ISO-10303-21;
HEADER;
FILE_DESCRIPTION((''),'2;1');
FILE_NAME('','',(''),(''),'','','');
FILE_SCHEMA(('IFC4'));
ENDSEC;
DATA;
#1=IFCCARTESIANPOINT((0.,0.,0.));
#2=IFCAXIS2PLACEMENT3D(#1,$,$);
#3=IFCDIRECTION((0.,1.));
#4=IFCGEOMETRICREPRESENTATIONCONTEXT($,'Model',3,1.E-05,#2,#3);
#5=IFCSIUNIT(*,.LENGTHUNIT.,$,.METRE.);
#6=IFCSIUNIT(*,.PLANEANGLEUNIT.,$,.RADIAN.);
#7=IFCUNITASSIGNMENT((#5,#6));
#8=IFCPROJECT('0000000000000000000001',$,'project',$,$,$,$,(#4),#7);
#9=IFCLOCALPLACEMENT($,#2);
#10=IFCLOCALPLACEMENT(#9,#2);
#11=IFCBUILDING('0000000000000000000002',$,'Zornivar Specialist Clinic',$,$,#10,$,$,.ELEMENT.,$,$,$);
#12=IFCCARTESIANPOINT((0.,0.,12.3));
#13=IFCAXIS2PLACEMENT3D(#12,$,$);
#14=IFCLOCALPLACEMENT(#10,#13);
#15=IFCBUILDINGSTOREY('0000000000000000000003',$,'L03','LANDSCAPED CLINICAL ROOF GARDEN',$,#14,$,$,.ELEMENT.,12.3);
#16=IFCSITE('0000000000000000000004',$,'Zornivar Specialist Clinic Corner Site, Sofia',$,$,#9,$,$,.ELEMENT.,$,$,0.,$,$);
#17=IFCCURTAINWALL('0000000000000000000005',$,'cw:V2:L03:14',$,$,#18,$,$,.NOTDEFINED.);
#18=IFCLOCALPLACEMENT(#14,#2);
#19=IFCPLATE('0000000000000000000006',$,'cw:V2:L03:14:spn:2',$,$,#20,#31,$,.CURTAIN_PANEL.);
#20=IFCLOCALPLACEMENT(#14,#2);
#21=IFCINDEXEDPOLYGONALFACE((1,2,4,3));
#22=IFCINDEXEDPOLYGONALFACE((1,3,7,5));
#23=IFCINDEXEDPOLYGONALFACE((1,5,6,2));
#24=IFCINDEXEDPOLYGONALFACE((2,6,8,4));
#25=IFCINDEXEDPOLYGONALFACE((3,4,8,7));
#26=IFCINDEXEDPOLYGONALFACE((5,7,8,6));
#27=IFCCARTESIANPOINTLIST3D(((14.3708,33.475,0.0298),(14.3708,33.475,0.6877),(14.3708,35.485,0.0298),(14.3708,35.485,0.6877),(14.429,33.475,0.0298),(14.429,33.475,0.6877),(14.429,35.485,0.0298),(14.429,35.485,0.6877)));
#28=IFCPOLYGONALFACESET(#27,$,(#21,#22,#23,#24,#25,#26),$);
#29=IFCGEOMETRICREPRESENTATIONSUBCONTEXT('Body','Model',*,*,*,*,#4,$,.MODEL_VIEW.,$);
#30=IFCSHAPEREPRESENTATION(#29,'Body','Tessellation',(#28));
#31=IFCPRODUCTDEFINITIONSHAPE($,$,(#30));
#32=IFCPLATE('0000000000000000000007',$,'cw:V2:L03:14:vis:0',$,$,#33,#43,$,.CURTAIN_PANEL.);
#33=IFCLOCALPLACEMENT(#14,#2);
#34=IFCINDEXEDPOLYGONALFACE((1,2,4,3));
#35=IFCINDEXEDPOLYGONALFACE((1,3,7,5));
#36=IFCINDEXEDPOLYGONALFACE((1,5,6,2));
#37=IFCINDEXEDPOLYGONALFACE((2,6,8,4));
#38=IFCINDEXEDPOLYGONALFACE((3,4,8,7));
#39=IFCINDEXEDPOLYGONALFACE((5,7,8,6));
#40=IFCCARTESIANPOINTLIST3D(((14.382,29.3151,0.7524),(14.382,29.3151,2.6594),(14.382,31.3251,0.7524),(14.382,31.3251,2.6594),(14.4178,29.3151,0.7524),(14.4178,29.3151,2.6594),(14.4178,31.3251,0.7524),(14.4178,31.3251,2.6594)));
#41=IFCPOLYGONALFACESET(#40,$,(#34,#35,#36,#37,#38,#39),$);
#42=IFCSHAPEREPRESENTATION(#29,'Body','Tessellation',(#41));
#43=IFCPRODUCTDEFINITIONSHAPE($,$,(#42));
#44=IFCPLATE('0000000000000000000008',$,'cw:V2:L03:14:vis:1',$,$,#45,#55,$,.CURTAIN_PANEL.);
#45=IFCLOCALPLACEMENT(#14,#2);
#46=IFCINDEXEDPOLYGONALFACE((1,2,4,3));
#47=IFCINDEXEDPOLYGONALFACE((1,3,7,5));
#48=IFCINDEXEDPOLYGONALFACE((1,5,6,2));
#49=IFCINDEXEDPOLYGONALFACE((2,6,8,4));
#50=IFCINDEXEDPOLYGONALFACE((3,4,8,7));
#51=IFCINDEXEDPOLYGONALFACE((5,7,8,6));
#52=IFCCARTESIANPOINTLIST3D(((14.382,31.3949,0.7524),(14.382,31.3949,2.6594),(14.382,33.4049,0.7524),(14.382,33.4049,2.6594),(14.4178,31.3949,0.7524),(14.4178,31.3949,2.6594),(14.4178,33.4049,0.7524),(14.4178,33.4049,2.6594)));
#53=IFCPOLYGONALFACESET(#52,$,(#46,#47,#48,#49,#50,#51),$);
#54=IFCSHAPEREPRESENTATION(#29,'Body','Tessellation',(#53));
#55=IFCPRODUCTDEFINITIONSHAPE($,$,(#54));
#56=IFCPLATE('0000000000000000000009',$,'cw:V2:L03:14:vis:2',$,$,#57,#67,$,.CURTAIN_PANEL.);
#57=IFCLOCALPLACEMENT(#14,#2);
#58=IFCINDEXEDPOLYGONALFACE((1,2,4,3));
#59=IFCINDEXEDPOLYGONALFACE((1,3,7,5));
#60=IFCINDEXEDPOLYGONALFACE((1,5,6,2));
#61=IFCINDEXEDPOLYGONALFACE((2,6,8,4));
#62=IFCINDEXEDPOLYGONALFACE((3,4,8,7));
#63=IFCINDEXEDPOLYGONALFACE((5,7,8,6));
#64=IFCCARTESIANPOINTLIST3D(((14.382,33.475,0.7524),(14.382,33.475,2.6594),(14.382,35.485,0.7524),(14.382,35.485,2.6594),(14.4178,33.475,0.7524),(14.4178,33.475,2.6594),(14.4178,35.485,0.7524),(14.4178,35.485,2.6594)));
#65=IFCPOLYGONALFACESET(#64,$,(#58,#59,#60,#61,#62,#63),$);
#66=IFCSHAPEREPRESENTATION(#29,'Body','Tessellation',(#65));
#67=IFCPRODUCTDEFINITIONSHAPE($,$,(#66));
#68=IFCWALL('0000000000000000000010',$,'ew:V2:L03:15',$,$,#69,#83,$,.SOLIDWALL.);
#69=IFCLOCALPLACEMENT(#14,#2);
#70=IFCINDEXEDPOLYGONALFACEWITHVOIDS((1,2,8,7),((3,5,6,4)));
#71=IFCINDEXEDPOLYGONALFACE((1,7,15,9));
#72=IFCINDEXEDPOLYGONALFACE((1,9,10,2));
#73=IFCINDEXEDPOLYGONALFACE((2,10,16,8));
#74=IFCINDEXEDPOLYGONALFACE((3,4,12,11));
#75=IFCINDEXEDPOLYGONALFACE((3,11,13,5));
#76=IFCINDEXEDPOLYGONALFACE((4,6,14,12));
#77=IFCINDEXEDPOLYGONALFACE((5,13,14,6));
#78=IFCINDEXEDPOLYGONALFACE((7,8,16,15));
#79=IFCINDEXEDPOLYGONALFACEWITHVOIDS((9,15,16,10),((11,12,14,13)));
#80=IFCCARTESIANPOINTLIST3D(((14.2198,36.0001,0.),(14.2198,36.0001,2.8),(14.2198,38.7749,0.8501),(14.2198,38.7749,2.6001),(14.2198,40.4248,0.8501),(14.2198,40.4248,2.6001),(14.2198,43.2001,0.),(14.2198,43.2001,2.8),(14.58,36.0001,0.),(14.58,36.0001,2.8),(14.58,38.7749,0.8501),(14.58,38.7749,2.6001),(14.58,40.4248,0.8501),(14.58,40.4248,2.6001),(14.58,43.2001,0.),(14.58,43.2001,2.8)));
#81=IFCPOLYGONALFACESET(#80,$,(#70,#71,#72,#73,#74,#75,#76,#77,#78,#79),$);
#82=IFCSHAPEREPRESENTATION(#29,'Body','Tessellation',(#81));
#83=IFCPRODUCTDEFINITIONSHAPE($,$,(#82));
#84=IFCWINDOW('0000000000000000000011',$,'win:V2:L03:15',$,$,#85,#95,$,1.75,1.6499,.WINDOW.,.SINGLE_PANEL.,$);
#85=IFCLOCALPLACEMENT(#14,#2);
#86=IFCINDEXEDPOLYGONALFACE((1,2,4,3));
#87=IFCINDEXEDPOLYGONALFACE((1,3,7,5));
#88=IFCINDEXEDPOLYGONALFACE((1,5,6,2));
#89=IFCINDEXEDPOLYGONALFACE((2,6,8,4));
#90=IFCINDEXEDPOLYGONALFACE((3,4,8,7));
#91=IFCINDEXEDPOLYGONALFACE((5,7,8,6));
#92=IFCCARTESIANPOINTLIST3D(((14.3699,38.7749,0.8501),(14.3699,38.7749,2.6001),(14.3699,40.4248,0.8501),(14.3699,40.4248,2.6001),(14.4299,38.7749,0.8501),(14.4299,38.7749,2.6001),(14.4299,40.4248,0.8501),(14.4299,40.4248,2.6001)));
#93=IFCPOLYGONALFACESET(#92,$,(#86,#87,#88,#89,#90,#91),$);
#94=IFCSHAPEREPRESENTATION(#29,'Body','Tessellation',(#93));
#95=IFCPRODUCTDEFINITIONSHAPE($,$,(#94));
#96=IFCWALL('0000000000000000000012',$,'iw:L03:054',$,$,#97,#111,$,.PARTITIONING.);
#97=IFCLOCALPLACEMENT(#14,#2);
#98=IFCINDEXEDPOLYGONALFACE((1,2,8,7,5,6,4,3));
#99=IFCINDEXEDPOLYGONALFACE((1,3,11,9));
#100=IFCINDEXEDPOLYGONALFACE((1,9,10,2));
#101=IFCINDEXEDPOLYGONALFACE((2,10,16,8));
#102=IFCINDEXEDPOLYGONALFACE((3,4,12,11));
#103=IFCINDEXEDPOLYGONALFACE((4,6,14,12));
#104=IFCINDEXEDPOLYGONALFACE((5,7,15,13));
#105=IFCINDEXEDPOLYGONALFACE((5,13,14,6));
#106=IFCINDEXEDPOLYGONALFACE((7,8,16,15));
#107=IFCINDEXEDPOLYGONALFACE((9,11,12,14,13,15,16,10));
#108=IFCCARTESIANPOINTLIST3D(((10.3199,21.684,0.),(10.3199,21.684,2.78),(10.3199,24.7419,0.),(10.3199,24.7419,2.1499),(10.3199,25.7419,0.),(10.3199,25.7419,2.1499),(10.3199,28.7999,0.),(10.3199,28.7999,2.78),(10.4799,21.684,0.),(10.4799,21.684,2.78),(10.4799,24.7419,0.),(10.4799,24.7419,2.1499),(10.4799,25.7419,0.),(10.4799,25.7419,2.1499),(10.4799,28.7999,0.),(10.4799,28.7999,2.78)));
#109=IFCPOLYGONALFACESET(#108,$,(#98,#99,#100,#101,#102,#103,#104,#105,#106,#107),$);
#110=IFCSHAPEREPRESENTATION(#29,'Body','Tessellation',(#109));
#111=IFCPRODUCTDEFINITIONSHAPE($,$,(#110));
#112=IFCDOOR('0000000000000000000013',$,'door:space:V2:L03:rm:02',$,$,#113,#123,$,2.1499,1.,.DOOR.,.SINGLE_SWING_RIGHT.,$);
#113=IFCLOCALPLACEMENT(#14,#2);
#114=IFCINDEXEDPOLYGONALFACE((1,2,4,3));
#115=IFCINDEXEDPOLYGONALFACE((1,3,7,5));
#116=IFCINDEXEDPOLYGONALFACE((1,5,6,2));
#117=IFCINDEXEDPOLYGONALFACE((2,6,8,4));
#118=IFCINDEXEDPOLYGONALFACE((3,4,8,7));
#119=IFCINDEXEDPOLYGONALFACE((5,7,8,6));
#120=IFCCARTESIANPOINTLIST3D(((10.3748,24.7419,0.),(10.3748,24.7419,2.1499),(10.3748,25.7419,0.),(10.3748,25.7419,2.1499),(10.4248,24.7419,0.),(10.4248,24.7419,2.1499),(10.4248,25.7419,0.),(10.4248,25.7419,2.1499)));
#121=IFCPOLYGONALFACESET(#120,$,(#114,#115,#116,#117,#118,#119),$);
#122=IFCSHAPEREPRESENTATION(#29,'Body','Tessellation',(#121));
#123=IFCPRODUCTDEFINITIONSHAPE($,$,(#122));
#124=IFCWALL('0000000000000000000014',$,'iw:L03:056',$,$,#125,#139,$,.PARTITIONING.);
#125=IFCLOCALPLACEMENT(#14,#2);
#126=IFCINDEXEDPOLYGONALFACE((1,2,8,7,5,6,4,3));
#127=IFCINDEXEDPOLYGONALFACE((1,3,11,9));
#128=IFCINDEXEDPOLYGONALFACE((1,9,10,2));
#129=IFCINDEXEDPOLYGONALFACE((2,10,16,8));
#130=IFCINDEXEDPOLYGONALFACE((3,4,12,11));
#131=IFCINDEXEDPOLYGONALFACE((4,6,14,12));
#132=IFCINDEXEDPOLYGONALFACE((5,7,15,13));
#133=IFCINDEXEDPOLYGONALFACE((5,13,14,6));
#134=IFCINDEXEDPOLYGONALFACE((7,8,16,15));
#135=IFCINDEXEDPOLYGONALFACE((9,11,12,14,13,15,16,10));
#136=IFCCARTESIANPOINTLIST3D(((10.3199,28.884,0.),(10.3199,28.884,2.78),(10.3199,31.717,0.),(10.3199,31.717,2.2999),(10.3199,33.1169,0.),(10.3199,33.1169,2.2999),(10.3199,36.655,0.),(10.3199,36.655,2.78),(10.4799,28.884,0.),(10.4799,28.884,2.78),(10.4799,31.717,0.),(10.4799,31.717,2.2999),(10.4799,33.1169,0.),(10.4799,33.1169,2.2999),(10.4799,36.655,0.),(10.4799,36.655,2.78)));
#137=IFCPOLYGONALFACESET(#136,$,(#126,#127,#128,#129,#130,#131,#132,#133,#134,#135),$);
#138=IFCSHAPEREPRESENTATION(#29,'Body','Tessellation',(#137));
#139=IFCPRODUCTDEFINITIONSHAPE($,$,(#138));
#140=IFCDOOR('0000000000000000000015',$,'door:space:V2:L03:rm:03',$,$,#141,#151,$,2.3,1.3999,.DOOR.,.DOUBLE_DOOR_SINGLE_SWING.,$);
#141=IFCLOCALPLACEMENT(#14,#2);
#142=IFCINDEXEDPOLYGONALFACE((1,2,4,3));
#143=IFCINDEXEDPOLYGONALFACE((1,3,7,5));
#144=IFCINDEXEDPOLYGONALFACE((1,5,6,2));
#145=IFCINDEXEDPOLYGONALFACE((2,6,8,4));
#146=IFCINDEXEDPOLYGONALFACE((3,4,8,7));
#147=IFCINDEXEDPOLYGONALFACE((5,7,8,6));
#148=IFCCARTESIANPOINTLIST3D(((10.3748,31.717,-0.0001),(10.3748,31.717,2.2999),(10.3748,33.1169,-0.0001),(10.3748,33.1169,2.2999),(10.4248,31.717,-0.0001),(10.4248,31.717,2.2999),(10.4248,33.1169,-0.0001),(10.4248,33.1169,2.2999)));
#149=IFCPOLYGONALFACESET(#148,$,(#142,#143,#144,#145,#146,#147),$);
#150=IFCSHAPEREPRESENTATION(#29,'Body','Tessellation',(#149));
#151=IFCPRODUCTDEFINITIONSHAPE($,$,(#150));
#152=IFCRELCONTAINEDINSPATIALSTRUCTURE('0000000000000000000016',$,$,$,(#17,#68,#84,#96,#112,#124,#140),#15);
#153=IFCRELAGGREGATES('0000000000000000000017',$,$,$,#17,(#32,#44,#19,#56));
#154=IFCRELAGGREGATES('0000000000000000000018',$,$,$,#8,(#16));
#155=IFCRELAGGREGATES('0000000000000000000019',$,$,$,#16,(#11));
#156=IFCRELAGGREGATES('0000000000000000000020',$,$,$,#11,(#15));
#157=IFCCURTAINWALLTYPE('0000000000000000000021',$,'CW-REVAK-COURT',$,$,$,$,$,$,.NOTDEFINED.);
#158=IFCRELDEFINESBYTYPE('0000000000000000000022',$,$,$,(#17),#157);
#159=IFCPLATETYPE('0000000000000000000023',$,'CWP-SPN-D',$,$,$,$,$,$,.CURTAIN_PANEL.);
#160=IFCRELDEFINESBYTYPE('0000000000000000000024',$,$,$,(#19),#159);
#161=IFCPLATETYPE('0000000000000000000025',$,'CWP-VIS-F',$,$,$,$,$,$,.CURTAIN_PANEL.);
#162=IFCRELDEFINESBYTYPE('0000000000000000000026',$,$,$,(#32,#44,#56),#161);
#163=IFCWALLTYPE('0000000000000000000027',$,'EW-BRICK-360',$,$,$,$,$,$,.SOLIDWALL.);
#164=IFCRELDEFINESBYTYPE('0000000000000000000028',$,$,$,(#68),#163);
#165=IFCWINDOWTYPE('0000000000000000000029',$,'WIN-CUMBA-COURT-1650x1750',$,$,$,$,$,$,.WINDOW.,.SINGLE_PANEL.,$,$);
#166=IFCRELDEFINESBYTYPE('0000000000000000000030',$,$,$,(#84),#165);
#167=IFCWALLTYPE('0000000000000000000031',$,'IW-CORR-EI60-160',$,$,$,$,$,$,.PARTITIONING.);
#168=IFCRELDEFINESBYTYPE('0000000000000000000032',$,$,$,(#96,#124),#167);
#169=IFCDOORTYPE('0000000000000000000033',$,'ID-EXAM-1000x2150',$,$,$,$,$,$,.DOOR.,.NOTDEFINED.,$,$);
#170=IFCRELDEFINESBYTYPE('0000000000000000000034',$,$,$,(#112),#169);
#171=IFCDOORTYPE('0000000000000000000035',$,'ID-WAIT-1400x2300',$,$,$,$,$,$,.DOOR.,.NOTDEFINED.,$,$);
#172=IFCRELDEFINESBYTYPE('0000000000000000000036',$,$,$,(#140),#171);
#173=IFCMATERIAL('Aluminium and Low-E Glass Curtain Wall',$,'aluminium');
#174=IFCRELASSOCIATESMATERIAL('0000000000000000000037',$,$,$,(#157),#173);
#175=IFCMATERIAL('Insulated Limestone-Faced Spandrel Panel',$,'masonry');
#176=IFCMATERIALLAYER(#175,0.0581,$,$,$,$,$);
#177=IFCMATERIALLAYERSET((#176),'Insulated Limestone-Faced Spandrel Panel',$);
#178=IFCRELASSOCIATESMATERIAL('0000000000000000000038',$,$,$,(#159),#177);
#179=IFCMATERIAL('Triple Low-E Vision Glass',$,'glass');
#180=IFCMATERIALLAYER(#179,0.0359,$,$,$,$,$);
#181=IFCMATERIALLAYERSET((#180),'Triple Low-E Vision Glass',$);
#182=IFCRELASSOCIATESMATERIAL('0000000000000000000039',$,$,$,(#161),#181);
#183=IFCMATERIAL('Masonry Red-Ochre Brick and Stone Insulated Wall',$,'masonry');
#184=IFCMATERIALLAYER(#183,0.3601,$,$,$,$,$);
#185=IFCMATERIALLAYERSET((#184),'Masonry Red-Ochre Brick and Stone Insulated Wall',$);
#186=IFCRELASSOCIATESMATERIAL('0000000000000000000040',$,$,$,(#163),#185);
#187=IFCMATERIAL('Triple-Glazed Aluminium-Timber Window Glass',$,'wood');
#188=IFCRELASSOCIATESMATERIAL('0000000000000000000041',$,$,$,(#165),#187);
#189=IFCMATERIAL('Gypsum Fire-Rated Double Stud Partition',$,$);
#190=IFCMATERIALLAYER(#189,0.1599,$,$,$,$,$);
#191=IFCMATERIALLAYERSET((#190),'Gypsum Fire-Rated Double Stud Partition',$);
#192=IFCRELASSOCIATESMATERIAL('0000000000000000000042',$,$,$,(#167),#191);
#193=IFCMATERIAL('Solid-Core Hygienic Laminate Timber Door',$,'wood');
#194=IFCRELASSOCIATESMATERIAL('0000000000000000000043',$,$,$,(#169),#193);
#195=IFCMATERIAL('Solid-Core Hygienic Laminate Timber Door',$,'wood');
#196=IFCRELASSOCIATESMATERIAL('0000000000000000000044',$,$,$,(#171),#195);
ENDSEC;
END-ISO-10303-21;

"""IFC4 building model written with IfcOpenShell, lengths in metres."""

from ifc_helpers import new_model, si_unit, direction, frame, frame_2d, origin, origin_2d, place, context, subcontext, project, spatial, rectangle, extrude, material, layer, layer_set, type_object, element, fill, aggregate, save


model = new_model("IFC4")

# Units and contexts
model_context = context("Model", 3, precision=1e-05, world=origin(), true_north=direction((0.0, 1.0)))
body_context = subcontext(model_context, "Body", "Model", "MODEL_VIEW")
ifc_project = project(units=[si_unit("LENGTHUNIT", "METRE"), si_unit("PLANEANGLEUNIT", "RADIAN")], contexts=[model_context])

# Site, building, storey
site_placement = place(None, origin())
site = spatial("IfcSite", under=ifc_project, at=site_placement, Name="Zornivar Specialist Clinic Corner Site, Sofia", CompositionType="ELEMENT", RefElevation=0.0)
building_placement = place(site_placement, origin())
building = spatial("IfcBuilding", under=site, at=building_placement, Name="Zornivar Specialist Clinic", CompositionType="ELEMENT")
storey_placement = place(building_placement, frame((0.0, 0.0, 12.3)))
storey = spatial("IfcBuildingStorey", under=building, at=storey_placement, Name="L03", Description="LANDSCAPED CLINICAL ROOF GARDEN", CompositionType="ELEMENT", Elevation=12.3)

# Curtain wall, plates
ifc_material_1 = material(Name="Aluminium and Low-E Glass Curtain Wall", Category="aluminium")
curtain_wall_type = type_object("IfcCurtainWallType", Name="CW-REVAK-COURT", PredefinedType="NOTDEFINED", material=ifc_material_1)
curtain_wall_placement = place(storey_placement, origin())
curtain_wall = element("IfcCurtainWall", 1, at=curtain_wall_placement, inside=storey, type_object=curtain_wall_type, Name="cw:V2:L03:14", PredefinedType="NOTDEFINED")
ifc_material_2 = material(Name="Insulated Limestone-Faced Spandrel Panel", Category="masonry")
ifc_layer_1 = layer(ifc_material_2, 0.0581)
ifc_layer_set_1 = layer_set([ifc_layer_1], Name="Insulated Limestone-Faced Spandrel Panel")
plate_type_1 = type_object("IfcPlateType", Name="CWP-SPN-D", PredefinedType="CURTAIN_PANEL", material=ifc_layer_set_1)
plate_1_placement = place(storey_placement, frame((14.3999, 34.48, 0.0298), z_axis=(0.0, 0.0, 1.0), x_axis=(0.0, 1.0, 0.0)))
plate_1 = element("IfcPlate", 2, at=plate_1_placement, type_object=plate_type_1, Name="cw:V2:L03:14:spn:2", PredefinedType="CURTAIN_PANEL", context=body_context, shape_type="SweptSolid", body=[
    extrude(rectangle(XDim=2.01, YDim=0.0581, at=origin_2d()), origin(), (0.0, 0.0, 1.0), 0.658),
])
ifc_material_3 = material(Name="Triple Low-E Vision Glass", Category="glass")
ifc_layer_2 = layer(ifc_material_3, 0.0359)
ifc_layer_set_2 = layer_set([ifc_layer_2], Name="Triple Low-E Vision Glass")
plate_type_2 = type_object("IfcPlateType", Name="CWP-VIS-F", PredefinedType="CURTAIN_PANEL", material=ifc_layer_set_2)
plate_2_placement = place(storey_placement, frame((14.3999, 30.3201, 0.7524), z_axis=(0.0, 0.0, 1.0), x_axis=(0.0, 1.0, 0.0)))
plate_2 = element("IfcPlate", 3, at=plate_2_placement, type_object=plate_type_2, Name="cw:V2:L03:14:vis:0", PredefinedType="CURTAIN_PANEL", context=body_context, shape_type="SweptSolid", body=[
    extrude(rectangle(XDim=2.01, YDim=0.0359, at=origin_2d()), origin(), (0.0, 0.0, 1.0), 1.907),
])
plate_3_placement = place(storey_placement, frame((14.3999, 32.3999, 0.7524), z_axis=(0.0, 0.0, 1.0), x_axis=(0.0, 1.0, 0.0)))
plate_3 = element("IfcPlate", 4, at=plate_3_placement, type_object=plate_type_2, Name="cw:V2:L03:14:vis:1", PredefinedType="CURTAIN_PANEL", context=body_context, shape_type="SweptSolid", body=[
    extrude(rectangle(XDim=2.01, YDim=0.0359, at=origin_2d()), origin(), (0.0, 0.0, 1.0), 1.907),
])
plate_4_placement = place(storey_placement, frame((14.3999, 34.48, 0.7524), z_axis=(0.0, 0.0, 1.0), x_axis=(0.0, 1.0, 0.0)))
plate_4 = element("IfcPlate", 5, at=plate_4_placement, type_object=plate_type_2, Name="cw:V2:L03:14:vis:2", PredefinedType="CURTAIN_PANEL", context=body_context, shape_type="SweptSolid", body=[
    extrude(rectangle(XDim=2.01, YDim=0.0359, at=origin_2d()), origin(), (0.0, 0.0, 1.0), 1.907),
])
aggregate(curtain_wall, [plate_2, plate_3, plate_1, plate_4])

# Wall, opening, window
ifc_material_4 = material(Name="Masonry Red-Ochre Brick and Stone Insulated Wall", Category="masonry")
ifc_layer_3 = layer(ifc_material_4, 0.3601)
ifc_layer_set_3 = layer_set([ifc_layer_3], Name="Masonry Red-Ochre Brick and Stone Insulated Wall")
wall_type_1 = type_object("IfcWallType", Name="EW-BRICK-360", PredefinedType="SOLIDWALL", material=ifc_layer_set_3)
wall_1_placement = place(storey_placement, frame((14.3999, 36.0, 0.0), z_axis=(0.0, 0.0, 1.0), x_axis=(0.0, 1.0, 0.0)))
wall_1 = element("IfcWall", 6, at=wall_1_placement, inside=storey, type_object=wall_type_1, Name="ew:V2:L03:15", PredefinedType="SOLIDWALL", context=body_context, shape_type="SweptSolid", body=[
    extrude(rectangle(XDim=7.2, YDim=0.3601, at=frame_2d((3.6001, 0.0))), origin(), (0.0, 0.0, 1.0), 2.8),
])
opening_1_placement = place(wall_1_placement, frame((2.7749, 0.0, 0.8501)))
opening_1 = element("IfcOpeningElement", 7, at=opening_1_placement, cuts=wall_1, PredefinedType="OPENING", context=body_context, shape_type="SweptSolid", body=[
    extrude(rectangle(XDim=1.6499, YDim=1.75, at=frame_2d((0.825, 0.875))), frame((0.0, 0.1899, 0.0), z_axis=(0.0, -1.0, 0.0), x_axis=(1.0, 0.0, 0.0)), (0.0, 0.0, 1.0), 0.3801),
])
ifc_material_5 = material(Name="Triple-Glazed Aluminium-Timber Window Glass", Category="wood")
window_type = type_object("IfcWindowType", Name="WIN-CUMBA-COURT-1650x1750", PartitioningType="SINGLE_PANEL", PredefinedType="WINDOW", material=ifc_material_5)
window_placement = place(opening_1_placement, origin())
window = element("IfcWindow", 8, at=window_placement, inside=storey, type_object=window_type, Name="win:V2:L03:15", OverallHeight=1.75, OverallWidth=1.6499, PartitioningType="SINGLE_PANEL", PredefinedType="WINDOW", context=body_context, shape_type="SweptSolid", body=[
    extrude(rectangle(XDim=1.6499, YDim=1.75, at=frame_2d((0.825, 0.875))), frame((0.0, 0.03, 0.0), z_axis=(0.0, -1.0, 0.0), x_axis=(1.0, 0.0, 0.0)), (0.0, 0.0, 1.0), 0.0601),
])
fill(opening_1, window)

# Walls, openings, doors
ifc_material_6 = material(Name="Gypsum Fire-Rated Double Stud Partition")
ifc_layer_4 = layer(ifc_material_6, 0.1599)
ifc_layer_set_4 = layer_set([ifc_layer_4], Name="Gypsum Fire-Rated Double Stud Partition")
wall_type_2 = type_object("IfcWallType", Name="IW-CORR-EI60-160", PredefinedType="PARTITIONING", material=ifc_layer_set_4)
wall_2_placement = place(storey_placement, frame((10.3999, 28.8, 0.0), z_axis=(0.0, 0.0, 1.0), x_axis=(0.0, -1.0, 0.0)))
wall_2 = element("IfcWall", 9, at=wall_2_placement, inside=storey, type_object=wall_type_2, Name="iw:L03:054", PredefinedType="PARTITIONING", context=body_context, shape_type="SweptSolid", body=[
    extrude(rectangle(XDim=7.116, YDim=0.1599, at=frame_2d((3.5581, 0.0))), origin(), (0.0, 0.0, 1.0), 2.78),
])
opening_2_placement = place(wall_2_placement, frame((3.0581, 0.0, 0.0)))
opening_2 = element("IfcOpeningElement", 10, at=opening_2_placement, cuts=wall_2, PredefinedType="OPENING", context=body_context, shape_type="SweptSolid", body=[
    extrude(rectangle(XDim=1.0, YDim=2.1499, at=frame_2d((0.5, 1.075))), frame((0.0, 0.0898, 0.0), z_axis=(0.0, -1.0, 0.0), x_axis=(1.0, 0.0, 0.0)), (0.0, 0.0, 1.0), 0.1799),
])
ifc_material_7 = material(Name="Solid-Core Hygienic Laminate Timber Door", Category="wood")
door_type_1 = type_object("IfcDoorType", Name="ID-EXAM-1000x2150", OperationType="NOTDEFINED", PredefinedType="DOOR", material=ifc_material_7)
door_1_placement = place(opening_2_placement, origin())
door_1 = element("IfcDoor", 11, at=door_1_placement, inside=storey, type_object=door_type_1, Name="door:space:V2:L03:rm:02", OperationType="SINGLE_SWING_RIGHT", OverallHeight=2.1499, OverallWidth=1.0, PredefinedType="DOOR", context=body_context, shape_type="SweptSolid", body=[
    extrude(rectangle(XDim=1.0, YDim=2.1499, at=frame_2d((0.5, 1.075))), frame((0.0, 0.0249, 0.0), z_axis=(0.0, -1.0, 0.0), x_axis=(1.0, 0.0, 0.0)), (0.0, 0.0, 1.0), 0.05),
])
fill(opening_2, door_1)
wall_3_placement = place(storey_placement, frame((10.3999, 36.655, 0.0), z_axis=(0.0, 0.0, 1.0), x_axis=(0.0, -1.0, 0.0)))
wall_3 = element("IfcWall", 12, at=wall_3_placement, inside=storey, type_object=wall_type_2, Name="iw:L03:056", PredefinedType="PARTITIONING", context=body_context, shape_type="SweptSolid", body=[
    extrude(rectangle(XDim=7.771, YDim=0.1599, at=frame_2d((3.8855, 0.0))), origin(), (0.0, 0.0, 1.0), 2.78),
])
opening_3_placement = place(wall_3_placement, frame((3.5381, 0.0, 0.0)))
opening_3 = element("IfcOpeningElement", 13, at=opening_3_placement, cuts=wall_3, PredefinedType="OPENING", context=body_context, shape_type="SweptSolid", body=[
    extrude(rectangle(XDim=1.3999, YDim=2.3, at=frame_2d((0.7, 1.1499))), frame((0.0, 0.0898, 0.0), z_axis=(0.0, -1.0, 0.0), x_axis=(1.0, 0.0, 0.0)), (0.0, 0.0, 1.0), 0.1799),
])
ifc_material_8 = material(Name="Solid-Core Hygienic Laminate Timber Door", Category="wood")
door_type_2 = type_object("IfcDoorType", Name="ID-WAIT-1400x2300", OperationType="NOTDEFINED", PredefinedType="DOOR", material=ifc_material_8)
door_2_placement = place(opening_3_placement, origin())
door_2 = element("IfcDoor", 14, at=door_2_placement, inside=storey, type_object=door_type_2, Name="door:space:V2:L03:rm:03", OperationType="DOUBLE_DOOR_SINGLE_SWING", OverallHeight=2.3, OverallWidth=1.3999, PredefinedType="DOOR", context=body_context, shape_type="SweptSolid", body=[
    extrude(rectangle(XDim=1.3999, YDim=2.3, at=frame_2d((0.7, 1.1499))), frame((0.0, 0.0249, 0.0), z_axis=(0.0, -1.0, 0.0), x_axis=(1.0, 0.0, 0.0)), (0.0, 0.0, 1.0), 0.05),
])
fill(opening_3, door_2)

save(model, "model.ifc")
